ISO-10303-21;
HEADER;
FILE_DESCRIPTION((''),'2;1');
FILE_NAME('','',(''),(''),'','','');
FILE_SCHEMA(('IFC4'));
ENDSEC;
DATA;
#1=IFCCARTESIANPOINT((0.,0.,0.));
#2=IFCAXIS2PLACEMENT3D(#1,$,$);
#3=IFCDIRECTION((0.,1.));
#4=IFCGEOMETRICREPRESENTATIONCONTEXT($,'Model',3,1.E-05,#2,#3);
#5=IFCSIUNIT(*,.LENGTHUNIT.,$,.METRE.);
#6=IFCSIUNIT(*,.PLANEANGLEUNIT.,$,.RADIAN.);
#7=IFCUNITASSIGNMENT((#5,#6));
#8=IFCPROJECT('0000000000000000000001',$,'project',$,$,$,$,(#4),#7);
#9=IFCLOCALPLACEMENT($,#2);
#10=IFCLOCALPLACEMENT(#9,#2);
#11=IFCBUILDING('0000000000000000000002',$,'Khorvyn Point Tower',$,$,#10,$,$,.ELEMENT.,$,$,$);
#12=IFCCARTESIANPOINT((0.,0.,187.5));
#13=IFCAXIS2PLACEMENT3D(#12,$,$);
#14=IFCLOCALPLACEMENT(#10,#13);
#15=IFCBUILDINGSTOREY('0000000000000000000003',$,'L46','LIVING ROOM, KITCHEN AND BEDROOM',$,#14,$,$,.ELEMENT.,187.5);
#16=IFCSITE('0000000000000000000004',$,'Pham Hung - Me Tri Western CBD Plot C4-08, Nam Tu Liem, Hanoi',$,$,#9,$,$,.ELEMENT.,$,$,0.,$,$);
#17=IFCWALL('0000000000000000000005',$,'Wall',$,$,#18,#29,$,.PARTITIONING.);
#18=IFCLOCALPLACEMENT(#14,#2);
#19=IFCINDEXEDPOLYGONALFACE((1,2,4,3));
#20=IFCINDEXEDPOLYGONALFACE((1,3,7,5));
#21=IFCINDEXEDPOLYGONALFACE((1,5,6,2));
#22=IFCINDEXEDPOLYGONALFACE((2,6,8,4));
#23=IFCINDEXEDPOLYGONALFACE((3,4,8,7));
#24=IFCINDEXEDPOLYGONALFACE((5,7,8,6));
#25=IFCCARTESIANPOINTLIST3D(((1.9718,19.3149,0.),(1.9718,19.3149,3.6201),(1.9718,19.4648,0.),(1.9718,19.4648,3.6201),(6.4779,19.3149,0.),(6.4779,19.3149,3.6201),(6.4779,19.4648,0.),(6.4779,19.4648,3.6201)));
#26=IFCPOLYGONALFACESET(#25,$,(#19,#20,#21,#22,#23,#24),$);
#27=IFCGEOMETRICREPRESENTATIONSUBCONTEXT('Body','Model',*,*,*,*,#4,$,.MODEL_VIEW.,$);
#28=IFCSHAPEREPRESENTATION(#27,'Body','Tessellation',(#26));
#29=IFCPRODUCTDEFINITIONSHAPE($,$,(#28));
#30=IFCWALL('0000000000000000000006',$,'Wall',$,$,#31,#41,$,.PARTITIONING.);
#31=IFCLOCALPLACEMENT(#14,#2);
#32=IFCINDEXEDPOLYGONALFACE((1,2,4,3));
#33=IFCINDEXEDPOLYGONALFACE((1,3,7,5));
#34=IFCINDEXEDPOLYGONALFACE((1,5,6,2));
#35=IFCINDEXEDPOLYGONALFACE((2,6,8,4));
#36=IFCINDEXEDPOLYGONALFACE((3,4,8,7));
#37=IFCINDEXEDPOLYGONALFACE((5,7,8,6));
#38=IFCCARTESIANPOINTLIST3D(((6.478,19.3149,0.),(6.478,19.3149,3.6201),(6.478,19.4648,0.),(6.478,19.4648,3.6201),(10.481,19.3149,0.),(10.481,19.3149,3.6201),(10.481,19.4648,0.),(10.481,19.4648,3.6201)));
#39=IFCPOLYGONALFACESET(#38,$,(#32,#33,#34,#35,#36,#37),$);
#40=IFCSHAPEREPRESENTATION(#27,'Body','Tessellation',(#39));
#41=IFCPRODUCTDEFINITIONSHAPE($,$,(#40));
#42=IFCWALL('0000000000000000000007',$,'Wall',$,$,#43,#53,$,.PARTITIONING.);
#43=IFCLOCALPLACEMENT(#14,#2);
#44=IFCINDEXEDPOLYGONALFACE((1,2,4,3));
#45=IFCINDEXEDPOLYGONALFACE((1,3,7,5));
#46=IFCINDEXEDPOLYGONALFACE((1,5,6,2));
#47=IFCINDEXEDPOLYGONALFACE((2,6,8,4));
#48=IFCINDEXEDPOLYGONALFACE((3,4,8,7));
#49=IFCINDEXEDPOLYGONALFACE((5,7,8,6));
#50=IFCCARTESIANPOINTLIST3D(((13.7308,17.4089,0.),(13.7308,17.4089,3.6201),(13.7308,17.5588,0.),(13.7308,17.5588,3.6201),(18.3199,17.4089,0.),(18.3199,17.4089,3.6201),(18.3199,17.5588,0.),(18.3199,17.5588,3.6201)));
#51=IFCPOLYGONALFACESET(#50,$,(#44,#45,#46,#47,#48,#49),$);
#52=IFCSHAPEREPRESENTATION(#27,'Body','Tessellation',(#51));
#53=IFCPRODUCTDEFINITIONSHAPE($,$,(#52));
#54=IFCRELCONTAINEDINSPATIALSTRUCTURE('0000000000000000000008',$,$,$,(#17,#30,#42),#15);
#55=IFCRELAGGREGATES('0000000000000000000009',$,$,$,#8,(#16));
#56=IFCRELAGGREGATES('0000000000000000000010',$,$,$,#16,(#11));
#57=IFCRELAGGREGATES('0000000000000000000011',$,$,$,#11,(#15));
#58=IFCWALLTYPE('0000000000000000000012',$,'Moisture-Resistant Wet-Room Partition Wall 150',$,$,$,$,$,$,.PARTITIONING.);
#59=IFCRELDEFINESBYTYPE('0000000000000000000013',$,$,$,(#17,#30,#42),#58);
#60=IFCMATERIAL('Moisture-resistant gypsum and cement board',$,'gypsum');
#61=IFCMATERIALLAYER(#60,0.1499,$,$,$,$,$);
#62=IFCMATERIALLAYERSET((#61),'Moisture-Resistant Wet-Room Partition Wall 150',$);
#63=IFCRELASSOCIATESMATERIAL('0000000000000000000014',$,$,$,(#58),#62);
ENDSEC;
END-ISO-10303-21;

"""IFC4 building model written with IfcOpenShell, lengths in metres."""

from ifc_helpers import new_model, si_unit, direction, frame, frame_2d, origin, place, context, subcontext, project, spatial, rectangle, extrude, material, layer, layer_set, type_object, element, save


model = new_model("IFC4")

# Units and contexts
model_context = context("Model", 3, precision=1e-05, world=origin(), true_north=direction((0.0, 1.0)))
body_context = subcontext(model_context, "Body", "Model", "MODEL_VIEW")
ifc_project = project(units=[si_unit("LENGTHUNIT", "METRE"), si_unit("PLANEANGLEUNIT", "RADIAN")], contexts=[model_context])

# Site, building, storey
site_placement = place(None, origin())
site = spatial("IfcSite", under=ifc_project, at=site_placement, Name="Pham Hung - Me Tri Western CBD Plot C4-08, Nam Tu Liem, Hanoi", CompositionType="ELEMENT", RefElevation=0.0)
building_placement = place(site_placement, origin())
building = spatial("IfcBuilding", under=site, at=building_placement, Name="Khorvyn Point Tower", CompositionType="ELEMENT")
storey_placement = place(building_placement, frame((0.0, 0.0, 187.5)))
storey = spatial("IfcBuildingStorey", under=building, at=storey_placement, Name="L46", Description="LIVING ROOM, KITCHEN AND BEDROOM", CompositionType="ELEMENT", Elevation=187.5)

# Walls
ifc_material_1 = material(Name="Moisture-resistant gypsum and cement board", Category="gypsum")
ifc_layer_1 = layer(ifc_material_1, 0.1499)
ifc_layer_set_1 = layer_set([ifc_layer_1], Name="Moisture-Resistant Wet-Room Partition Wall 150")
wall_type_1 = type_object("IfcWallType", Name="Moisture-Resistant Wet-Room Partition Wall 150", PredefinedType="PARTITIONING", material=ifc_layer_set_1)
for number, where, z_axis, x_axis, name in (
    (1, (1.9719, 19.3899, 0.0), (0.0, 0.0, 1.0), (1.0, 0.0, 0.0), "Wall"),
):
    element("IfcWall", number, at=place(storey_placement, frame(where, z_axis=z_axis, x_axis=x_axis)), inside=storey, type_object=wall_type_1, Name=name, PredefinedType="PARTITIONING", context=body_context, shape_type="SweptSolid", body=[
        extrude(rectangle(XDim=4.5061, YDim=0.1499, at=frame_2d((2.2529, 0.0))), origin(), (0.0, 0.0, 1.0), 3.6201),
    ])
wall_1_placement = place(storey_placement, frame((6.478, 19.3899, 0.0), z_axis=(0.0, 0.0, 1.0), x_axis=(1.0, 0.0, 0.0)))
element("IfcWall", 2, at=wall_1_placement, inside=storey, type_object=wall_type_1, Name="Wall", PredefinedType="PARTITIONING", context=body_context, shape_type="SweptSolid", body=[
    extrude(rectangle(XDim=4.0029, YDim=0.1499, at=frame_2d((2.0015, 0.0))), origin(), (0.0, 0.0, 1.0), 3.6201),
])
wall_2_placement = place(storey_placement, frame((13.731, 17.4839, 0.0), z_axis=(0.0, 0.0, 1.0), x_axis=(1.0, 0.0, 0.0)))
element("IfcWall", 3, at=wall_2_placement, inside=storey, type_object=wall_type_1, Name="Wall", PredefinedType="PARTITIONING", context=body_context, shape_type="SweptSolid", body=[
    extrude(rectangle(XDim=4.5891, YDim=0.1499, at=frame_2d((2.2944, 0.0))), origin(), (0.0, 0.0, 1.0), 3.6201),
])

save(model, "model.ifc")
